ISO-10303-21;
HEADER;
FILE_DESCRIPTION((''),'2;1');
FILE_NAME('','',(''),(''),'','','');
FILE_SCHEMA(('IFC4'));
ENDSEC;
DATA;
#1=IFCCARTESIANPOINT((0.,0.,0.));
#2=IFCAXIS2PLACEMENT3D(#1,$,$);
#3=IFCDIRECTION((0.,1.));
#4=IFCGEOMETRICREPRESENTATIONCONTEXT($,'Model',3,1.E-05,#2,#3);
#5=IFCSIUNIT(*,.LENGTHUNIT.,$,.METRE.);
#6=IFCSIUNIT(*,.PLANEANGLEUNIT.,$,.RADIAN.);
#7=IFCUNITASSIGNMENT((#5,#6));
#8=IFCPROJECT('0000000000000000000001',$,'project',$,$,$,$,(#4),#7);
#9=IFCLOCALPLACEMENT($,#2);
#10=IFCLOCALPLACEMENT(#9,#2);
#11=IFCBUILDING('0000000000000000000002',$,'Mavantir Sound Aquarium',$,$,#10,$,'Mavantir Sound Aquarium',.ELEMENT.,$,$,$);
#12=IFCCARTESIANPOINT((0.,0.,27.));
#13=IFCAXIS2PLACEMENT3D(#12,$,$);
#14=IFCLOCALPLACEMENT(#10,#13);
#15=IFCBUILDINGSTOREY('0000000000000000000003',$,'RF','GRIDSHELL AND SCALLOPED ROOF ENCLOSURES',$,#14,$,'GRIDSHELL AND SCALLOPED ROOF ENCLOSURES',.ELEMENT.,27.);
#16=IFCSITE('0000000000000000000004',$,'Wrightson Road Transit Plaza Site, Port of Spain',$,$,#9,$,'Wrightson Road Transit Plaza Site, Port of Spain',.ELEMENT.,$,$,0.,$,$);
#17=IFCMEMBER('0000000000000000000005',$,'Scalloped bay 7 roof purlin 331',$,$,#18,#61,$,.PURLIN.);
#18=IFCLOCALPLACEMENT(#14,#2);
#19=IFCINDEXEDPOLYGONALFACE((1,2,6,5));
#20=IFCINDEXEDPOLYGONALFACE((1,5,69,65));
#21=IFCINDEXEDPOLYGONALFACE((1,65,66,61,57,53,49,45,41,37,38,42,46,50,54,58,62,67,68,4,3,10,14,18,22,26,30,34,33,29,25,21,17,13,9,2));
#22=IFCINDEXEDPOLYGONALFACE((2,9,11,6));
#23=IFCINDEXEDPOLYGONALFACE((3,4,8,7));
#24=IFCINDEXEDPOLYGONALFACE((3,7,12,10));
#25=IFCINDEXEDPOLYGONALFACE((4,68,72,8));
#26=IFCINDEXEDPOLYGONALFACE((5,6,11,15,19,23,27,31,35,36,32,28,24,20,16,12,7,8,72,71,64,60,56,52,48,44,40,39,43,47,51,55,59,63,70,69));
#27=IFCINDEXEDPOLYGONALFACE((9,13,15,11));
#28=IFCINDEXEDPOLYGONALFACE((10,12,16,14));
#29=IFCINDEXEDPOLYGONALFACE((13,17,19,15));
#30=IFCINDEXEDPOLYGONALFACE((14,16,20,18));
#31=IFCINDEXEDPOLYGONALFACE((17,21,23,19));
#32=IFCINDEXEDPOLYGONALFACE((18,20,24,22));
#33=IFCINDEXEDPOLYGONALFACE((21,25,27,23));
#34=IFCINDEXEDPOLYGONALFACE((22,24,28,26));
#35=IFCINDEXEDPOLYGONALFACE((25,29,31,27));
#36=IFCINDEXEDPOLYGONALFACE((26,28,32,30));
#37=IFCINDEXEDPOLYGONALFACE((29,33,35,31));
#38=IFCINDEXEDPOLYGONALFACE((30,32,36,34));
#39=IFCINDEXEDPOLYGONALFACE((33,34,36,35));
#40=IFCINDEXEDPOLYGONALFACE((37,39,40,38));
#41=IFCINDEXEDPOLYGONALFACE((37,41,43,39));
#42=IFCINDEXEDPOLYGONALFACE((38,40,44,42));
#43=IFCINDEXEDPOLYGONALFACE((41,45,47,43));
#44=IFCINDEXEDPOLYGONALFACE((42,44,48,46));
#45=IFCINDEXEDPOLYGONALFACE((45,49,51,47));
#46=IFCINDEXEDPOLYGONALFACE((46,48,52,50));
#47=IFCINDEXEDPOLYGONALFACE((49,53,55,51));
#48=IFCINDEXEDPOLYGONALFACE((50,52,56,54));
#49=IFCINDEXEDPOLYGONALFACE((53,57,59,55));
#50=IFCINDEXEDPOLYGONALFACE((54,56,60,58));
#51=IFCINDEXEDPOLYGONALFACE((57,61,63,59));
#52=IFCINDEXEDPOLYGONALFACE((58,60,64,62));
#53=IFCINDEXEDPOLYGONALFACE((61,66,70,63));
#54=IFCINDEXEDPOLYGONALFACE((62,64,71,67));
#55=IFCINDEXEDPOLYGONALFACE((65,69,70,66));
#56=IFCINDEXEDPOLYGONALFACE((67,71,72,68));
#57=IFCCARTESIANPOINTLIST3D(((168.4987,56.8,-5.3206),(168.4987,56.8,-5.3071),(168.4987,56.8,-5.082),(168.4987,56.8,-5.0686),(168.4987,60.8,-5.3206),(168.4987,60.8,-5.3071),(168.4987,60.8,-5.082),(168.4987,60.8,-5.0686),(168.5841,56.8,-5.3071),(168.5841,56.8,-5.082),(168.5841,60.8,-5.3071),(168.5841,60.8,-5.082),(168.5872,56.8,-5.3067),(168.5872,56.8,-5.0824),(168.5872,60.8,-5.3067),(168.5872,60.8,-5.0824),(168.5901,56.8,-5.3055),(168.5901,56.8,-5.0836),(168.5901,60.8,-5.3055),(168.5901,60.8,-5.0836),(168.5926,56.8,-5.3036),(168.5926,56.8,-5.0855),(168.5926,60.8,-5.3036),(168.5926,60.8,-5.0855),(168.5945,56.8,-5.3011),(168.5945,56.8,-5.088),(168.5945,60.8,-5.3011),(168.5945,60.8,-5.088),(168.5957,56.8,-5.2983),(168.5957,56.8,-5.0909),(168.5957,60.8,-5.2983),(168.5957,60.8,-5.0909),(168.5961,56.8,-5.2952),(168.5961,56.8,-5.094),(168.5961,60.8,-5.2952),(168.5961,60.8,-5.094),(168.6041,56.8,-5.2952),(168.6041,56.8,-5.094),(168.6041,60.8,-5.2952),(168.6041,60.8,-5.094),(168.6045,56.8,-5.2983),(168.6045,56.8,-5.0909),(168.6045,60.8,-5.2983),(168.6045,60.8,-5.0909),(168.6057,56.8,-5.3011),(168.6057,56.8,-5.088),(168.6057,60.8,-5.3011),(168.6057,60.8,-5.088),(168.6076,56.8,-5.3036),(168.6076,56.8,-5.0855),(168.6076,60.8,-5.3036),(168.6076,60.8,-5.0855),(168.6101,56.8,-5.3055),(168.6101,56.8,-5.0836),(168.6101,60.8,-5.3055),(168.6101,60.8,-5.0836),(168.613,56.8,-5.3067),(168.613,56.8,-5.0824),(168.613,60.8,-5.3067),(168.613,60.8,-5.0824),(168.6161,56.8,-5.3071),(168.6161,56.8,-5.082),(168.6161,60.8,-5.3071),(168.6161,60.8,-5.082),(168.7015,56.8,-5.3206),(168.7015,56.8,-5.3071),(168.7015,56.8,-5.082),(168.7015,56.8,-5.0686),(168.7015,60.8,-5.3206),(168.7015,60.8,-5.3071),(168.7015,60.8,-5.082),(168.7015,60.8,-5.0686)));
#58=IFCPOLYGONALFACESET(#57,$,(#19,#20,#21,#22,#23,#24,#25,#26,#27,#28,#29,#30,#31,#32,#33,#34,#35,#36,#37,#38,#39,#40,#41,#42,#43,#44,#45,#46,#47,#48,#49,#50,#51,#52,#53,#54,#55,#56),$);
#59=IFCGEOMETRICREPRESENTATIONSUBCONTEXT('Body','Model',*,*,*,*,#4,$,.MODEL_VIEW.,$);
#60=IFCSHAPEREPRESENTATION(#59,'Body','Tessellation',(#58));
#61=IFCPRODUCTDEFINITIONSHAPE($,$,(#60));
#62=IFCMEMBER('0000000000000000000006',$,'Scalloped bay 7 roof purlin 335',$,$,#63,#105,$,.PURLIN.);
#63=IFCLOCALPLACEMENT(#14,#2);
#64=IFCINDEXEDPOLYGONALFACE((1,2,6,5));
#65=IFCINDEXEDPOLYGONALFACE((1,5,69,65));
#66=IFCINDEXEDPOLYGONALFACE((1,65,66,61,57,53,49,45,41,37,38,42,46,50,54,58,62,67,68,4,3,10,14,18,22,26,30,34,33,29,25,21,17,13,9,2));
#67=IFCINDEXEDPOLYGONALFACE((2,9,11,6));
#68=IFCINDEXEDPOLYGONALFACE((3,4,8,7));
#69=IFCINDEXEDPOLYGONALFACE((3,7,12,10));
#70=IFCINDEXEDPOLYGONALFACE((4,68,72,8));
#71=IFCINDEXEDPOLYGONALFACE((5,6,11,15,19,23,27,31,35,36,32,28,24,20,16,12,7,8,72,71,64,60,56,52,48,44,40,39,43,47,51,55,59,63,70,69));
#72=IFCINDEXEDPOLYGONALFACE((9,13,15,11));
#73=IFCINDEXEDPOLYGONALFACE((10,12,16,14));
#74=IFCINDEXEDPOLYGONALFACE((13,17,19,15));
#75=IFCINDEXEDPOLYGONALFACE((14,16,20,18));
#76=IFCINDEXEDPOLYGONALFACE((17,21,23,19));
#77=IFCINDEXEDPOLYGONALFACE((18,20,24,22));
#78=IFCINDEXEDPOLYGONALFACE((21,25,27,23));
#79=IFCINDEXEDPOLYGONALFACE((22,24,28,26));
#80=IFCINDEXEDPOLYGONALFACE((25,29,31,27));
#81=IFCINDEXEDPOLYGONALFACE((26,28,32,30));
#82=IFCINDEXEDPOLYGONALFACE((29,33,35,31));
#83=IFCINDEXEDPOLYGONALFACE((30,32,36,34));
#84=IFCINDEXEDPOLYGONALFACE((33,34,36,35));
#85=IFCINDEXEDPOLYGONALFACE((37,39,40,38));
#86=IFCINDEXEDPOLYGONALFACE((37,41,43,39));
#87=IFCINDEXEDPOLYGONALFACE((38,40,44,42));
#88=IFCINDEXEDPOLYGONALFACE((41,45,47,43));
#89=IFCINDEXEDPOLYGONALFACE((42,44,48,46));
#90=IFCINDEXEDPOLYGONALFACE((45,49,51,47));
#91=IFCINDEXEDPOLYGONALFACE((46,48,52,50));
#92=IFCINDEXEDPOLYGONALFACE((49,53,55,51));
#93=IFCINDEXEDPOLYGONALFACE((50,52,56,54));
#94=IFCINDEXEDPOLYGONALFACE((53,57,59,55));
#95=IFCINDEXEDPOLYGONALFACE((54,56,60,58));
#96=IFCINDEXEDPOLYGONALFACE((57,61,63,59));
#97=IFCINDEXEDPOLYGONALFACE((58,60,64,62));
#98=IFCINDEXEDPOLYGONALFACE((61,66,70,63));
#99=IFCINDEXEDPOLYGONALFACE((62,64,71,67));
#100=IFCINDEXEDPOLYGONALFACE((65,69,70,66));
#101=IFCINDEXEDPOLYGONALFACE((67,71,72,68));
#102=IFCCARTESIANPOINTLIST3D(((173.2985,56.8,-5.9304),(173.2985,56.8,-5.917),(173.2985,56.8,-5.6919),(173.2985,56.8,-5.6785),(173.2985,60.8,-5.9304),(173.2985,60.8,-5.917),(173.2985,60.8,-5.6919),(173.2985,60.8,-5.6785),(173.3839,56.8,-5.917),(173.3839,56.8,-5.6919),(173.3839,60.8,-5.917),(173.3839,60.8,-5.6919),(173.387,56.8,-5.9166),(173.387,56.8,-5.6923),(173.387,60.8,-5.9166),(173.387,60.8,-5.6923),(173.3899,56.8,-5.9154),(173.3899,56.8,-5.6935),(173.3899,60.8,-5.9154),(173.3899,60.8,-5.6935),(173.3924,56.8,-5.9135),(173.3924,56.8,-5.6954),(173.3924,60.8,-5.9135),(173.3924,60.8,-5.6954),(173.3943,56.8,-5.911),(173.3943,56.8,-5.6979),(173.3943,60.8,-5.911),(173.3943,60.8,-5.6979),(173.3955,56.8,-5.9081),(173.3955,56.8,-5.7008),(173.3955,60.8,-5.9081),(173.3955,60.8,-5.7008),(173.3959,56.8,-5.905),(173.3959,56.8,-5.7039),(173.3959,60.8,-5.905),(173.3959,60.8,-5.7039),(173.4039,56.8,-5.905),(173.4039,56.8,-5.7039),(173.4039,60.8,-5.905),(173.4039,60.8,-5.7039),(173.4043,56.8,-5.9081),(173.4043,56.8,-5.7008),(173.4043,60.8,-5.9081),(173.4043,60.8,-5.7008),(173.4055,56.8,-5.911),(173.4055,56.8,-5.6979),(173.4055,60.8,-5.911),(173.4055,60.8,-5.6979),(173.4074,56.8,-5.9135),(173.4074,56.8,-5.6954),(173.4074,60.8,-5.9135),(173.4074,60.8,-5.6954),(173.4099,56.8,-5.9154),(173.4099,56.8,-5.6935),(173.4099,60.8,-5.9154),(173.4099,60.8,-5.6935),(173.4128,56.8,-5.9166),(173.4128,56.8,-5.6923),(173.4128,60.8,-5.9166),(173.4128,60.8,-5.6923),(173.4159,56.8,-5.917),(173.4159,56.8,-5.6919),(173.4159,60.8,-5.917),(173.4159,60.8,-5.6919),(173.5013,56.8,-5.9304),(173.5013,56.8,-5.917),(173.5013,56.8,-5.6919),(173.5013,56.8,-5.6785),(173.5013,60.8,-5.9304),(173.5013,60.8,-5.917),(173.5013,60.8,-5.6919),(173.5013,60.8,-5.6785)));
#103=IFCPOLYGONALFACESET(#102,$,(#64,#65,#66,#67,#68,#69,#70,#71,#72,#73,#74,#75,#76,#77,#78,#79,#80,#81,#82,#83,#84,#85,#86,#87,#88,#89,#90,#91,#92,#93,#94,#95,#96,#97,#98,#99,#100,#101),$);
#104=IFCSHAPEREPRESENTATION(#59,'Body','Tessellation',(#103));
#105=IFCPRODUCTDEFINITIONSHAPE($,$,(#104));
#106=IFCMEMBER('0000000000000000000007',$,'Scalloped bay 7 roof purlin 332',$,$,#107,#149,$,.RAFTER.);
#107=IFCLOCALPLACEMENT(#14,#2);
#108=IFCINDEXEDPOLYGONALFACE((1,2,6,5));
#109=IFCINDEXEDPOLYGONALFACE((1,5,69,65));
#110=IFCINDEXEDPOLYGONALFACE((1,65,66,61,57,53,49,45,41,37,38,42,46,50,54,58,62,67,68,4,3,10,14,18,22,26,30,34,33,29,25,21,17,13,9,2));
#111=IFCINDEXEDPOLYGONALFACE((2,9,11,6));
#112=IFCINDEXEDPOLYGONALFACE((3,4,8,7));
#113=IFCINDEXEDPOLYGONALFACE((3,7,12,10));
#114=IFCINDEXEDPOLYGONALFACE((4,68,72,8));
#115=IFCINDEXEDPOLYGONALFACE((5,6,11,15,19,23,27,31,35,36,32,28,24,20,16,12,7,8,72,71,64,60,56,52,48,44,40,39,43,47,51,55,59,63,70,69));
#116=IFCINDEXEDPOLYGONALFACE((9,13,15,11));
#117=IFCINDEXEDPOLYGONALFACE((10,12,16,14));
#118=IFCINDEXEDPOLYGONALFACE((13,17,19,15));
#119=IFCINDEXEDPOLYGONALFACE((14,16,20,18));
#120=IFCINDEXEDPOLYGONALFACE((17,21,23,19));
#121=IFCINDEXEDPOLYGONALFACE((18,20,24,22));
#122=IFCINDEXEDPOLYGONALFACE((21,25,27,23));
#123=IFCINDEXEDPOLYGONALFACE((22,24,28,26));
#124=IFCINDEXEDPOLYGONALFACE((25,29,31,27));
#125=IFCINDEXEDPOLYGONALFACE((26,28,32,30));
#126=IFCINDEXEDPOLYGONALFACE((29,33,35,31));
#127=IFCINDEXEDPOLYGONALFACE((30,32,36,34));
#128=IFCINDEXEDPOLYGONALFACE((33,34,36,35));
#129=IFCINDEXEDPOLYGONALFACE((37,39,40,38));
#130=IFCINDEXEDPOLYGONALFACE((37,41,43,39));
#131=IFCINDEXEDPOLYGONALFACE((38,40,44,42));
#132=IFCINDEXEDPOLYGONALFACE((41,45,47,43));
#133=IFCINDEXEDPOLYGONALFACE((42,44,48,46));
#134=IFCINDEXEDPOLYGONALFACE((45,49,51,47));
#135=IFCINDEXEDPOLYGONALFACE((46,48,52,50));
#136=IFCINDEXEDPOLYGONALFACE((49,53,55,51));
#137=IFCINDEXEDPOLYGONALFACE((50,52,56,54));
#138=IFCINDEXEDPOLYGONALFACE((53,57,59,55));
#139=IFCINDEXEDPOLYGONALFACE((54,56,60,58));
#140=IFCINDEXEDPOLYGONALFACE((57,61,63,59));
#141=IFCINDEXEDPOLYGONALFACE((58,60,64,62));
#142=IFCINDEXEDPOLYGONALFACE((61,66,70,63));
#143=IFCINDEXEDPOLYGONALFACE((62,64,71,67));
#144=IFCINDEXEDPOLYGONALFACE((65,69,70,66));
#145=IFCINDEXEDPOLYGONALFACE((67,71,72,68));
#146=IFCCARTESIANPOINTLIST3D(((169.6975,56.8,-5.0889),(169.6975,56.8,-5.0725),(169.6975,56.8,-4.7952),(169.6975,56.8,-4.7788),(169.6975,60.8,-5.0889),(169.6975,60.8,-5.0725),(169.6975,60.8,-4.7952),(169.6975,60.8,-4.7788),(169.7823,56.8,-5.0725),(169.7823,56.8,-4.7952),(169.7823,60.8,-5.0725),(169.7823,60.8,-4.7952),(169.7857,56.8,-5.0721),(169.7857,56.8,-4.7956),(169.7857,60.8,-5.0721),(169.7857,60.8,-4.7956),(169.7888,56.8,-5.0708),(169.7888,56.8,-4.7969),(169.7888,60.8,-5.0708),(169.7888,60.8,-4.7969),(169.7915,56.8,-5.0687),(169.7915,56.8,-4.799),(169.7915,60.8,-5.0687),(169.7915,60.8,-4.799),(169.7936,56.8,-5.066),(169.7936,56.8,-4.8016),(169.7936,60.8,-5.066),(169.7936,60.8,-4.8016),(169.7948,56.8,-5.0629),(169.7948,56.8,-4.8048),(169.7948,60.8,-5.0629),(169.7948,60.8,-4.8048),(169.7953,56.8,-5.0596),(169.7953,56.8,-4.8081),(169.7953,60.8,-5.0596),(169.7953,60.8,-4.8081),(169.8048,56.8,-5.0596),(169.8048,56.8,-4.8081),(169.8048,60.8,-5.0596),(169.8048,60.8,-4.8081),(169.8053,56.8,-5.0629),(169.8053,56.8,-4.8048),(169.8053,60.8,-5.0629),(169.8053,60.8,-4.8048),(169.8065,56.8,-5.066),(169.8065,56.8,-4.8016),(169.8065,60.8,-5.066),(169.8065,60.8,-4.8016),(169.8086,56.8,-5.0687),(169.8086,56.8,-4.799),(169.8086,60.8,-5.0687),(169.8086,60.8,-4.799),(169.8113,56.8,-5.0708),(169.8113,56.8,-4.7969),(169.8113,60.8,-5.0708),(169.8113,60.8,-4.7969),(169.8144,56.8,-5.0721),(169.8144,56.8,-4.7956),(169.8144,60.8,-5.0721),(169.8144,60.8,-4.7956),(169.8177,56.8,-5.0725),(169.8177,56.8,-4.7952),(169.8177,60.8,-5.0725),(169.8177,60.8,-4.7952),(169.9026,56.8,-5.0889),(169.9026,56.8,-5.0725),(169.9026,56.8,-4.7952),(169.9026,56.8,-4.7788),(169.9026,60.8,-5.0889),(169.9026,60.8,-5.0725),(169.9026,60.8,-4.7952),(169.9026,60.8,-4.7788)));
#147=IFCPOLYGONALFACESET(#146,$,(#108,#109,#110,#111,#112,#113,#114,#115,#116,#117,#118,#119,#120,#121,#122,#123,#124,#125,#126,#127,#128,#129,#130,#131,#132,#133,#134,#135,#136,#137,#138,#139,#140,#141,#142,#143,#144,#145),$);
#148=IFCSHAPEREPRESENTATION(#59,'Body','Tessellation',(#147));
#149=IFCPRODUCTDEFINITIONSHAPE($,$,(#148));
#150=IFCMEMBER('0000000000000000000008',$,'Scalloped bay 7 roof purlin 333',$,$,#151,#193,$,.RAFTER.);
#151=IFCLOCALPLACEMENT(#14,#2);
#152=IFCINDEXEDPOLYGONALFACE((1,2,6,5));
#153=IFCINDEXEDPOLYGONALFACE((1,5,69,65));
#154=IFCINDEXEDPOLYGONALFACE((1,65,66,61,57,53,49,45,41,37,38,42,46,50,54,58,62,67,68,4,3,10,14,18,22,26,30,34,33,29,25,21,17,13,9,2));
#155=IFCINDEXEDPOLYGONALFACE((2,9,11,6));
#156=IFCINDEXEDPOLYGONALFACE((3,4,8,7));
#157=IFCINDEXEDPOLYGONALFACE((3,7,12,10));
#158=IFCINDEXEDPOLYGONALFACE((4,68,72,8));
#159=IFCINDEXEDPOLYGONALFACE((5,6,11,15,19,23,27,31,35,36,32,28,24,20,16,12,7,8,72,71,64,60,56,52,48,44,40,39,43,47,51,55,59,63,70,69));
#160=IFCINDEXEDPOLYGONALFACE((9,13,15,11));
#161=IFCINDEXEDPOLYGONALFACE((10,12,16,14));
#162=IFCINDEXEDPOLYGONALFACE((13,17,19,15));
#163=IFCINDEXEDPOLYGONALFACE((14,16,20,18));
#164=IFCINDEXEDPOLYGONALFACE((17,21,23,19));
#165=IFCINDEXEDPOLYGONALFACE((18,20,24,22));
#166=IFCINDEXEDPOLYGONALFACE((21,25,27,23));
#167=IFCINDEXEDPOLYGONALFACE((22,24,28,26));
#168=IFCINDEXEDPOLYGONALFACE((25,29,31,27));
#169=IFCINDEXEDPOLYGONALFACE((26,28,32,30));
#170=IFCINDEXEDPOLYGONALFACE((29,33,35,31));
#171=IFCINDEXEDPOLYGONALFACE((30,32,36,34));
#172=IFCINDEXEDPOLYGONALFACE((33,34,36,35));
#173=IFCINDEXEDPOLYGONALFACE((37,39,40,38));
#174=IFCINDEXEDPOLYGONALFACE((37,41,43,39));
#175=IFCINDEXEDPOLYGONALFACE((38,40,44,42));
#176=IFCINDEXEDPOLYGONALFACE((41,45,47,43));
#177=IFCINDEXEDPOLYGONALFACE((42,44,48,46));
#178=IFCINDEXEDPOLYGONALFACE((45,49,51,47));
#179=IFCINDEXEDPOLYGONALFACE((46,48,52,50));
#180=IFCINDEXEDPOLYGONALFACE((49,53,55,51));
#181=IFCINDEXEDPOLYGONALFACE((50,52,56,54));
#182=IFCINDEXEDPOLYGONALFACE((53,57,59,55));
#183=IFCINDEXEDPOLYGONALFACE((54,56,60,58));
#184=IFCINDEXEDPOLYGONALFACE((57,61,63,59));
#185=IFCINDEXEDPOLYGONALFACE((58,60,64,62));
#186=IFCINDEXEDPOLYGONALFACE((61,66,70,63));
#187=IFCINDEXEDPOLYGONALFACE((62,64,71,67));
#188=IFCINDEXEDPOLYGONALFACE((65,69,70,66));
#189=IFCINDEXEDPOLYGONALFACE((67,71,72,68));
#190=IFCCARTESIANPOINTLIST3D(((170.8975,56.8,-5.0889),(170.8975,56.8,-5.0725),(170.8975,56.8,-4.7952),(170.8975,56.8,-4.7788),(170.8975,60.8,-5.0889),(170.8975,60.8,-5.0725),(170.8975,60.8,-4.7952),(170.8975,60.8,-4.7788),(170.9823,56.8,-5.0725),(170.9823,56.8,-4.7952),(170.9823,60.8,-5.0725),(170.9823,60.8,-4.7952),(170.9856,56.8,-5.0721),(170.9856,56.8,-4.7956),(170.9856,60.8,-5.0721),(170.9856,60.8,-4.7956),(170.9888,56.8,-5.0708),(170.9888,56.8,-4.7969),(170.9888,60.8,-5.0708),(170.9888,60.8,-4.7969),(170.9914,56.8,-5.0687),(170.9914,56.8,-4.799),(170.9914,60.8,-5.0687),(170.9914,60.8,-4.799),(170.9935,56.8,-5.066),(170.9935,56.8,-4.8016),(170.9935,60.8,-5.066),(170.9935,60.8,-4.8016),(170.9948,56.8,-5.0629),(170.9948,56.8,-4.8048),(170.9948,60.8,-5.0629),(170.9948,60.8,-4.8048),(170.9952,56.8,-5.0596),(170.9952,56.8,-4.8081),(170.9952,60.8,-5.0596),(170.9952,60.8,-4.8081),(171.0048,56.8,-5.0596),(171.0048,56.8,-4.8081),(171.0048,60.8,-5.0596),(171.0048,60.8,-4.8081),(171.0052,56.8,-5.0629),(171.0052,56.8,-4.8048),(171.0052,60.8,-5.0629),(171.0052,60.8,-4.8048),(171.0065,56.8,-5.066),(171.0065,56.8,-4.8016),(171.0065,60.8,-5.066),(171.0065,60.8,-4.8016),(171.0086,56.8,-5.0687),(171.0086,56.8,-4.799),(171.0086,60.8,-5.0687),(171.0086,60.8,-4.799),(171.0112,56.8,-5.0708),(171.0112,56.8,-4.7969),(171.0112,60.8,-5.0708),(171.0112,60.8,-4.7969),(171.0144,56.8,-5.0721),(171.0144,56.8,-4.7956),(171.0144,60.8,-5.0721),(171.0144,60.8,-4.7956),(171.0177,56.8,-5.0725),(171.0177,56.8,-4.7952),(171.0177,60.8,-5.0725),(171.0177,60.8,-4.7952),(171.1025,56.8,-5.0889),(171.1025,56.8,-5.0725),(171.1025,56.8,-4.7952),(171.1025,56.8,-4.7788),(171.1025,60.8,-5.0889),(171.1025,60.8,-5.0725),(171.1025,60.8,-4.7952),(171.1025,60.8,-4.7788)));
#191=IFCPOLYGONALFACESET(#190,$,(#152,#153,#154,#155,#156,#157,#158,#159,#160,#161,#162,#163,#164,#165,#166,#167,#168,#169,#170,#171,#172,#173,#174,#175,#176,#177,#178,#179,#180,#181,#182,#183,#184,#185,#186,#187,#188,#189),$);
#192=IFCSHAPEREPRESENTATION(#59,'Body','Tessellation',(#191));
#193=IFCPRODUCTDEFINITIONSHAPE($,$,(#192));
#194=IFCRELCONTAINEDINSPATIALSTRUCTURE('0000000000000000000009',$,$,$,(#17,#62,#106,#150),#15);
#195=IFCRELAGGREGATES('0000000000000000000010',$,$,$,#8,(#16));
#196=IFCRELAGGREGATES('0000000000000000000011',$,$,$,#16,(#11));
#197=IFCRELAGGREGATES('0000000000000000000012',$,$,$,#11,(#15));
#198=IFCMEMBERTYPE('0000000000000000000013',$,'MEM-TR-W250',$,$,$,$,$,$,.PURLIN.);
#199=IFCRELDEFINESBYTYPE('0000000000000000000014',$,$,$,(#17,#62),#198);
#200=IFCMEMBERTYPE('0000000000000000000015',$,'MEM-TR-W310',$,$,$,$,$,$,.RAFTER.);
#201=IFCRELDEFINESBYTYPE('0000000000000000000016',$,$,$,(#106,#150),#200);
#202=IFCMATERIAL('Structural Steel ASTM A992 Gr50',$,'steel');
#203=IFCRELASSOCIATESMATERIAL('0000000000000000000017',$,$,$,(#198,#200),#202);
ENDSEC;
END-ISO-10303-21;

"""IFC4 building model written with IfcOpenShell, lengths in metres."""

from ifc_helpers import new_model, si_unit, direction, frame, origin, origin_2d, place, context, subcontext, project, spatial, i_section, extrude, material, material_profile, profile_set, type_object, element, save


model = new_model("IFC4")

# Units and contexts
model_context = context("Model", 3, precision=1e-05, world=origin(), true_north=direction((0.0, 1.0)))
body_context = subcontext(model_context, "Body", "Model", "MODEL_VIEW")
ifc_project = project(units=[si_unit("LENGTHUNIT", "METRE"), si_unit("PLANEANGLEUNIT", "RADIAN")], contexts=[model_context])

# Site, building, storey
site_placement = place(None, origin())
site = spatial("IfcSite", under=ifc_project, at=site_placement, Name="Wrightson Road Transit Plaza Site, Port of Spain", LongName="Wrightson Road Transit Plaza Site, Port of Spain", CompositionType="ELEMENT", RefElevation=0.0)
building_placement = place(site_placement, origin())
building = spatial("IfcBuilding", under=site, at=building_placement, Name="Mavantir Sound Aquarium", LongName="Mavantir Sound Aquarium", CompositionType="ELEMENT")
storey_placement = place(building_placement, frame((0.0, 0.0, 27.0)))
storey = spatial("IfcBuildingStorey", under=building, at=storey_placement, Name="RF", Description="GRIDSHELL AND SCALLOPED ROOF ENCLOSURES", LongName="GRIDSHELL AND SCALLOPED ROOF ENCLOSURES", CompositionType="ELEMENT", Elevation=27.0)

# Shared definitions
ifc_material_1 = material(Name="Structural Steel ASTM A992 Gr50", Category="steel")

# Members
ifc_material_profile_1 = material_profile(ifc_material_1, i_section(OverallWidth=0.2029, OverallDepth=0.252, WebThickness=0.0081, FlangeThickness=0.0134, FilletRadius=0.012, at=origin_2d()), Name="W250X58")
ifc_profile_set_1 = profile_set([ifc_material_profile_1], Name="Structural Steel ASTM A992 Gr50")
member_type_1 = type_object("IfcMemberType", Name="MEM-TR-W250", PredefinedType="PURLIN", material=ifc_profile_set_1)
for number, where, z_axis, x_axis, name in (
    (1, (168.6001, 56.8, -5.1946), (0.0, 1.0, 0.0), (-1.0, 0.0, 0.0), "Scalloped bay 7 roof purlin 331"),
    (2, (173.3999, 56.8, -5.8044), (0.0, 1.0, 0.0), (-1.0, 0.0, 0.0), "Scalloped bay 7 roof purlin 335"),
):
    element("IfcMember", number, at=place(storey_placement, frame(where, z_axis=z_axis, x_axis=x_axis)), inside=storey, type_object=member_type_1, Name=name, PredefinedType="PURLIN", context=body_context, shape_type="SweptSolid", body=[
        extrude(i_section(OverallWidth=0.2029, OverallDepth=0.252, WebThickness=0.0081, FlangeThickness=0.0134, FilletRadius=0.012, at=origin_2d()), origin(), (0.0, 0.0, 1.0), 4.0),
    ])
ifc_material_profile_2 = material_profile(ifc_material_1, i_section(OverallWidth=0.2051, OverallDepth=0.3101, WebThickness=0.0095, FlangeThickness=0.0164, FilletRadius=0.0129, at=origin_2d()), Name="W310X74")
ifc_profile_set_2 = profile_set([ifc_material_profile_2], Name="Structural Steel ASTM A992 Gr50")
member_type_2 = type_object("IfcMemberType", Name="MEM-TR-W310", PredefinedType="RAFTER", material=ifc_profile_set_2)
for number, where, z_axis, x_axis, name in (
    (3, (169.8, 56.8, -4.9338), (0.0, 1.0, 0.0), (-1.0, 0.0, 0.0), "Scalloped bay 7 roof purlin 332"),
    (4, (171.0, 56.8, -4.9338), (0.0, 1.0, 0.0), (-1.0, 0.0, 0.0), "Scalloped bay 7 roof purlin 333"),
):
    element("IfcMember", number, at=place(storey_placement, frame(where, z_axis=z_axis, x_axis=x_axis)), inside=storey, type_object=member_type_2, Name=name, PredefinedType="RAFTER", context=body_context, shape_type="SweptSolid", body=[
        extrude(i_section(OverallWidth=0.2051, OverallDepth=0.3101, WebThickness=0.0095, FlangeThickness=0.0164, FilletRadius=0.0129, at=origin_2d()), origin(), (0.0, 0.0, 1.0), 4.0),
    ])

save(model, "model.ifc")
